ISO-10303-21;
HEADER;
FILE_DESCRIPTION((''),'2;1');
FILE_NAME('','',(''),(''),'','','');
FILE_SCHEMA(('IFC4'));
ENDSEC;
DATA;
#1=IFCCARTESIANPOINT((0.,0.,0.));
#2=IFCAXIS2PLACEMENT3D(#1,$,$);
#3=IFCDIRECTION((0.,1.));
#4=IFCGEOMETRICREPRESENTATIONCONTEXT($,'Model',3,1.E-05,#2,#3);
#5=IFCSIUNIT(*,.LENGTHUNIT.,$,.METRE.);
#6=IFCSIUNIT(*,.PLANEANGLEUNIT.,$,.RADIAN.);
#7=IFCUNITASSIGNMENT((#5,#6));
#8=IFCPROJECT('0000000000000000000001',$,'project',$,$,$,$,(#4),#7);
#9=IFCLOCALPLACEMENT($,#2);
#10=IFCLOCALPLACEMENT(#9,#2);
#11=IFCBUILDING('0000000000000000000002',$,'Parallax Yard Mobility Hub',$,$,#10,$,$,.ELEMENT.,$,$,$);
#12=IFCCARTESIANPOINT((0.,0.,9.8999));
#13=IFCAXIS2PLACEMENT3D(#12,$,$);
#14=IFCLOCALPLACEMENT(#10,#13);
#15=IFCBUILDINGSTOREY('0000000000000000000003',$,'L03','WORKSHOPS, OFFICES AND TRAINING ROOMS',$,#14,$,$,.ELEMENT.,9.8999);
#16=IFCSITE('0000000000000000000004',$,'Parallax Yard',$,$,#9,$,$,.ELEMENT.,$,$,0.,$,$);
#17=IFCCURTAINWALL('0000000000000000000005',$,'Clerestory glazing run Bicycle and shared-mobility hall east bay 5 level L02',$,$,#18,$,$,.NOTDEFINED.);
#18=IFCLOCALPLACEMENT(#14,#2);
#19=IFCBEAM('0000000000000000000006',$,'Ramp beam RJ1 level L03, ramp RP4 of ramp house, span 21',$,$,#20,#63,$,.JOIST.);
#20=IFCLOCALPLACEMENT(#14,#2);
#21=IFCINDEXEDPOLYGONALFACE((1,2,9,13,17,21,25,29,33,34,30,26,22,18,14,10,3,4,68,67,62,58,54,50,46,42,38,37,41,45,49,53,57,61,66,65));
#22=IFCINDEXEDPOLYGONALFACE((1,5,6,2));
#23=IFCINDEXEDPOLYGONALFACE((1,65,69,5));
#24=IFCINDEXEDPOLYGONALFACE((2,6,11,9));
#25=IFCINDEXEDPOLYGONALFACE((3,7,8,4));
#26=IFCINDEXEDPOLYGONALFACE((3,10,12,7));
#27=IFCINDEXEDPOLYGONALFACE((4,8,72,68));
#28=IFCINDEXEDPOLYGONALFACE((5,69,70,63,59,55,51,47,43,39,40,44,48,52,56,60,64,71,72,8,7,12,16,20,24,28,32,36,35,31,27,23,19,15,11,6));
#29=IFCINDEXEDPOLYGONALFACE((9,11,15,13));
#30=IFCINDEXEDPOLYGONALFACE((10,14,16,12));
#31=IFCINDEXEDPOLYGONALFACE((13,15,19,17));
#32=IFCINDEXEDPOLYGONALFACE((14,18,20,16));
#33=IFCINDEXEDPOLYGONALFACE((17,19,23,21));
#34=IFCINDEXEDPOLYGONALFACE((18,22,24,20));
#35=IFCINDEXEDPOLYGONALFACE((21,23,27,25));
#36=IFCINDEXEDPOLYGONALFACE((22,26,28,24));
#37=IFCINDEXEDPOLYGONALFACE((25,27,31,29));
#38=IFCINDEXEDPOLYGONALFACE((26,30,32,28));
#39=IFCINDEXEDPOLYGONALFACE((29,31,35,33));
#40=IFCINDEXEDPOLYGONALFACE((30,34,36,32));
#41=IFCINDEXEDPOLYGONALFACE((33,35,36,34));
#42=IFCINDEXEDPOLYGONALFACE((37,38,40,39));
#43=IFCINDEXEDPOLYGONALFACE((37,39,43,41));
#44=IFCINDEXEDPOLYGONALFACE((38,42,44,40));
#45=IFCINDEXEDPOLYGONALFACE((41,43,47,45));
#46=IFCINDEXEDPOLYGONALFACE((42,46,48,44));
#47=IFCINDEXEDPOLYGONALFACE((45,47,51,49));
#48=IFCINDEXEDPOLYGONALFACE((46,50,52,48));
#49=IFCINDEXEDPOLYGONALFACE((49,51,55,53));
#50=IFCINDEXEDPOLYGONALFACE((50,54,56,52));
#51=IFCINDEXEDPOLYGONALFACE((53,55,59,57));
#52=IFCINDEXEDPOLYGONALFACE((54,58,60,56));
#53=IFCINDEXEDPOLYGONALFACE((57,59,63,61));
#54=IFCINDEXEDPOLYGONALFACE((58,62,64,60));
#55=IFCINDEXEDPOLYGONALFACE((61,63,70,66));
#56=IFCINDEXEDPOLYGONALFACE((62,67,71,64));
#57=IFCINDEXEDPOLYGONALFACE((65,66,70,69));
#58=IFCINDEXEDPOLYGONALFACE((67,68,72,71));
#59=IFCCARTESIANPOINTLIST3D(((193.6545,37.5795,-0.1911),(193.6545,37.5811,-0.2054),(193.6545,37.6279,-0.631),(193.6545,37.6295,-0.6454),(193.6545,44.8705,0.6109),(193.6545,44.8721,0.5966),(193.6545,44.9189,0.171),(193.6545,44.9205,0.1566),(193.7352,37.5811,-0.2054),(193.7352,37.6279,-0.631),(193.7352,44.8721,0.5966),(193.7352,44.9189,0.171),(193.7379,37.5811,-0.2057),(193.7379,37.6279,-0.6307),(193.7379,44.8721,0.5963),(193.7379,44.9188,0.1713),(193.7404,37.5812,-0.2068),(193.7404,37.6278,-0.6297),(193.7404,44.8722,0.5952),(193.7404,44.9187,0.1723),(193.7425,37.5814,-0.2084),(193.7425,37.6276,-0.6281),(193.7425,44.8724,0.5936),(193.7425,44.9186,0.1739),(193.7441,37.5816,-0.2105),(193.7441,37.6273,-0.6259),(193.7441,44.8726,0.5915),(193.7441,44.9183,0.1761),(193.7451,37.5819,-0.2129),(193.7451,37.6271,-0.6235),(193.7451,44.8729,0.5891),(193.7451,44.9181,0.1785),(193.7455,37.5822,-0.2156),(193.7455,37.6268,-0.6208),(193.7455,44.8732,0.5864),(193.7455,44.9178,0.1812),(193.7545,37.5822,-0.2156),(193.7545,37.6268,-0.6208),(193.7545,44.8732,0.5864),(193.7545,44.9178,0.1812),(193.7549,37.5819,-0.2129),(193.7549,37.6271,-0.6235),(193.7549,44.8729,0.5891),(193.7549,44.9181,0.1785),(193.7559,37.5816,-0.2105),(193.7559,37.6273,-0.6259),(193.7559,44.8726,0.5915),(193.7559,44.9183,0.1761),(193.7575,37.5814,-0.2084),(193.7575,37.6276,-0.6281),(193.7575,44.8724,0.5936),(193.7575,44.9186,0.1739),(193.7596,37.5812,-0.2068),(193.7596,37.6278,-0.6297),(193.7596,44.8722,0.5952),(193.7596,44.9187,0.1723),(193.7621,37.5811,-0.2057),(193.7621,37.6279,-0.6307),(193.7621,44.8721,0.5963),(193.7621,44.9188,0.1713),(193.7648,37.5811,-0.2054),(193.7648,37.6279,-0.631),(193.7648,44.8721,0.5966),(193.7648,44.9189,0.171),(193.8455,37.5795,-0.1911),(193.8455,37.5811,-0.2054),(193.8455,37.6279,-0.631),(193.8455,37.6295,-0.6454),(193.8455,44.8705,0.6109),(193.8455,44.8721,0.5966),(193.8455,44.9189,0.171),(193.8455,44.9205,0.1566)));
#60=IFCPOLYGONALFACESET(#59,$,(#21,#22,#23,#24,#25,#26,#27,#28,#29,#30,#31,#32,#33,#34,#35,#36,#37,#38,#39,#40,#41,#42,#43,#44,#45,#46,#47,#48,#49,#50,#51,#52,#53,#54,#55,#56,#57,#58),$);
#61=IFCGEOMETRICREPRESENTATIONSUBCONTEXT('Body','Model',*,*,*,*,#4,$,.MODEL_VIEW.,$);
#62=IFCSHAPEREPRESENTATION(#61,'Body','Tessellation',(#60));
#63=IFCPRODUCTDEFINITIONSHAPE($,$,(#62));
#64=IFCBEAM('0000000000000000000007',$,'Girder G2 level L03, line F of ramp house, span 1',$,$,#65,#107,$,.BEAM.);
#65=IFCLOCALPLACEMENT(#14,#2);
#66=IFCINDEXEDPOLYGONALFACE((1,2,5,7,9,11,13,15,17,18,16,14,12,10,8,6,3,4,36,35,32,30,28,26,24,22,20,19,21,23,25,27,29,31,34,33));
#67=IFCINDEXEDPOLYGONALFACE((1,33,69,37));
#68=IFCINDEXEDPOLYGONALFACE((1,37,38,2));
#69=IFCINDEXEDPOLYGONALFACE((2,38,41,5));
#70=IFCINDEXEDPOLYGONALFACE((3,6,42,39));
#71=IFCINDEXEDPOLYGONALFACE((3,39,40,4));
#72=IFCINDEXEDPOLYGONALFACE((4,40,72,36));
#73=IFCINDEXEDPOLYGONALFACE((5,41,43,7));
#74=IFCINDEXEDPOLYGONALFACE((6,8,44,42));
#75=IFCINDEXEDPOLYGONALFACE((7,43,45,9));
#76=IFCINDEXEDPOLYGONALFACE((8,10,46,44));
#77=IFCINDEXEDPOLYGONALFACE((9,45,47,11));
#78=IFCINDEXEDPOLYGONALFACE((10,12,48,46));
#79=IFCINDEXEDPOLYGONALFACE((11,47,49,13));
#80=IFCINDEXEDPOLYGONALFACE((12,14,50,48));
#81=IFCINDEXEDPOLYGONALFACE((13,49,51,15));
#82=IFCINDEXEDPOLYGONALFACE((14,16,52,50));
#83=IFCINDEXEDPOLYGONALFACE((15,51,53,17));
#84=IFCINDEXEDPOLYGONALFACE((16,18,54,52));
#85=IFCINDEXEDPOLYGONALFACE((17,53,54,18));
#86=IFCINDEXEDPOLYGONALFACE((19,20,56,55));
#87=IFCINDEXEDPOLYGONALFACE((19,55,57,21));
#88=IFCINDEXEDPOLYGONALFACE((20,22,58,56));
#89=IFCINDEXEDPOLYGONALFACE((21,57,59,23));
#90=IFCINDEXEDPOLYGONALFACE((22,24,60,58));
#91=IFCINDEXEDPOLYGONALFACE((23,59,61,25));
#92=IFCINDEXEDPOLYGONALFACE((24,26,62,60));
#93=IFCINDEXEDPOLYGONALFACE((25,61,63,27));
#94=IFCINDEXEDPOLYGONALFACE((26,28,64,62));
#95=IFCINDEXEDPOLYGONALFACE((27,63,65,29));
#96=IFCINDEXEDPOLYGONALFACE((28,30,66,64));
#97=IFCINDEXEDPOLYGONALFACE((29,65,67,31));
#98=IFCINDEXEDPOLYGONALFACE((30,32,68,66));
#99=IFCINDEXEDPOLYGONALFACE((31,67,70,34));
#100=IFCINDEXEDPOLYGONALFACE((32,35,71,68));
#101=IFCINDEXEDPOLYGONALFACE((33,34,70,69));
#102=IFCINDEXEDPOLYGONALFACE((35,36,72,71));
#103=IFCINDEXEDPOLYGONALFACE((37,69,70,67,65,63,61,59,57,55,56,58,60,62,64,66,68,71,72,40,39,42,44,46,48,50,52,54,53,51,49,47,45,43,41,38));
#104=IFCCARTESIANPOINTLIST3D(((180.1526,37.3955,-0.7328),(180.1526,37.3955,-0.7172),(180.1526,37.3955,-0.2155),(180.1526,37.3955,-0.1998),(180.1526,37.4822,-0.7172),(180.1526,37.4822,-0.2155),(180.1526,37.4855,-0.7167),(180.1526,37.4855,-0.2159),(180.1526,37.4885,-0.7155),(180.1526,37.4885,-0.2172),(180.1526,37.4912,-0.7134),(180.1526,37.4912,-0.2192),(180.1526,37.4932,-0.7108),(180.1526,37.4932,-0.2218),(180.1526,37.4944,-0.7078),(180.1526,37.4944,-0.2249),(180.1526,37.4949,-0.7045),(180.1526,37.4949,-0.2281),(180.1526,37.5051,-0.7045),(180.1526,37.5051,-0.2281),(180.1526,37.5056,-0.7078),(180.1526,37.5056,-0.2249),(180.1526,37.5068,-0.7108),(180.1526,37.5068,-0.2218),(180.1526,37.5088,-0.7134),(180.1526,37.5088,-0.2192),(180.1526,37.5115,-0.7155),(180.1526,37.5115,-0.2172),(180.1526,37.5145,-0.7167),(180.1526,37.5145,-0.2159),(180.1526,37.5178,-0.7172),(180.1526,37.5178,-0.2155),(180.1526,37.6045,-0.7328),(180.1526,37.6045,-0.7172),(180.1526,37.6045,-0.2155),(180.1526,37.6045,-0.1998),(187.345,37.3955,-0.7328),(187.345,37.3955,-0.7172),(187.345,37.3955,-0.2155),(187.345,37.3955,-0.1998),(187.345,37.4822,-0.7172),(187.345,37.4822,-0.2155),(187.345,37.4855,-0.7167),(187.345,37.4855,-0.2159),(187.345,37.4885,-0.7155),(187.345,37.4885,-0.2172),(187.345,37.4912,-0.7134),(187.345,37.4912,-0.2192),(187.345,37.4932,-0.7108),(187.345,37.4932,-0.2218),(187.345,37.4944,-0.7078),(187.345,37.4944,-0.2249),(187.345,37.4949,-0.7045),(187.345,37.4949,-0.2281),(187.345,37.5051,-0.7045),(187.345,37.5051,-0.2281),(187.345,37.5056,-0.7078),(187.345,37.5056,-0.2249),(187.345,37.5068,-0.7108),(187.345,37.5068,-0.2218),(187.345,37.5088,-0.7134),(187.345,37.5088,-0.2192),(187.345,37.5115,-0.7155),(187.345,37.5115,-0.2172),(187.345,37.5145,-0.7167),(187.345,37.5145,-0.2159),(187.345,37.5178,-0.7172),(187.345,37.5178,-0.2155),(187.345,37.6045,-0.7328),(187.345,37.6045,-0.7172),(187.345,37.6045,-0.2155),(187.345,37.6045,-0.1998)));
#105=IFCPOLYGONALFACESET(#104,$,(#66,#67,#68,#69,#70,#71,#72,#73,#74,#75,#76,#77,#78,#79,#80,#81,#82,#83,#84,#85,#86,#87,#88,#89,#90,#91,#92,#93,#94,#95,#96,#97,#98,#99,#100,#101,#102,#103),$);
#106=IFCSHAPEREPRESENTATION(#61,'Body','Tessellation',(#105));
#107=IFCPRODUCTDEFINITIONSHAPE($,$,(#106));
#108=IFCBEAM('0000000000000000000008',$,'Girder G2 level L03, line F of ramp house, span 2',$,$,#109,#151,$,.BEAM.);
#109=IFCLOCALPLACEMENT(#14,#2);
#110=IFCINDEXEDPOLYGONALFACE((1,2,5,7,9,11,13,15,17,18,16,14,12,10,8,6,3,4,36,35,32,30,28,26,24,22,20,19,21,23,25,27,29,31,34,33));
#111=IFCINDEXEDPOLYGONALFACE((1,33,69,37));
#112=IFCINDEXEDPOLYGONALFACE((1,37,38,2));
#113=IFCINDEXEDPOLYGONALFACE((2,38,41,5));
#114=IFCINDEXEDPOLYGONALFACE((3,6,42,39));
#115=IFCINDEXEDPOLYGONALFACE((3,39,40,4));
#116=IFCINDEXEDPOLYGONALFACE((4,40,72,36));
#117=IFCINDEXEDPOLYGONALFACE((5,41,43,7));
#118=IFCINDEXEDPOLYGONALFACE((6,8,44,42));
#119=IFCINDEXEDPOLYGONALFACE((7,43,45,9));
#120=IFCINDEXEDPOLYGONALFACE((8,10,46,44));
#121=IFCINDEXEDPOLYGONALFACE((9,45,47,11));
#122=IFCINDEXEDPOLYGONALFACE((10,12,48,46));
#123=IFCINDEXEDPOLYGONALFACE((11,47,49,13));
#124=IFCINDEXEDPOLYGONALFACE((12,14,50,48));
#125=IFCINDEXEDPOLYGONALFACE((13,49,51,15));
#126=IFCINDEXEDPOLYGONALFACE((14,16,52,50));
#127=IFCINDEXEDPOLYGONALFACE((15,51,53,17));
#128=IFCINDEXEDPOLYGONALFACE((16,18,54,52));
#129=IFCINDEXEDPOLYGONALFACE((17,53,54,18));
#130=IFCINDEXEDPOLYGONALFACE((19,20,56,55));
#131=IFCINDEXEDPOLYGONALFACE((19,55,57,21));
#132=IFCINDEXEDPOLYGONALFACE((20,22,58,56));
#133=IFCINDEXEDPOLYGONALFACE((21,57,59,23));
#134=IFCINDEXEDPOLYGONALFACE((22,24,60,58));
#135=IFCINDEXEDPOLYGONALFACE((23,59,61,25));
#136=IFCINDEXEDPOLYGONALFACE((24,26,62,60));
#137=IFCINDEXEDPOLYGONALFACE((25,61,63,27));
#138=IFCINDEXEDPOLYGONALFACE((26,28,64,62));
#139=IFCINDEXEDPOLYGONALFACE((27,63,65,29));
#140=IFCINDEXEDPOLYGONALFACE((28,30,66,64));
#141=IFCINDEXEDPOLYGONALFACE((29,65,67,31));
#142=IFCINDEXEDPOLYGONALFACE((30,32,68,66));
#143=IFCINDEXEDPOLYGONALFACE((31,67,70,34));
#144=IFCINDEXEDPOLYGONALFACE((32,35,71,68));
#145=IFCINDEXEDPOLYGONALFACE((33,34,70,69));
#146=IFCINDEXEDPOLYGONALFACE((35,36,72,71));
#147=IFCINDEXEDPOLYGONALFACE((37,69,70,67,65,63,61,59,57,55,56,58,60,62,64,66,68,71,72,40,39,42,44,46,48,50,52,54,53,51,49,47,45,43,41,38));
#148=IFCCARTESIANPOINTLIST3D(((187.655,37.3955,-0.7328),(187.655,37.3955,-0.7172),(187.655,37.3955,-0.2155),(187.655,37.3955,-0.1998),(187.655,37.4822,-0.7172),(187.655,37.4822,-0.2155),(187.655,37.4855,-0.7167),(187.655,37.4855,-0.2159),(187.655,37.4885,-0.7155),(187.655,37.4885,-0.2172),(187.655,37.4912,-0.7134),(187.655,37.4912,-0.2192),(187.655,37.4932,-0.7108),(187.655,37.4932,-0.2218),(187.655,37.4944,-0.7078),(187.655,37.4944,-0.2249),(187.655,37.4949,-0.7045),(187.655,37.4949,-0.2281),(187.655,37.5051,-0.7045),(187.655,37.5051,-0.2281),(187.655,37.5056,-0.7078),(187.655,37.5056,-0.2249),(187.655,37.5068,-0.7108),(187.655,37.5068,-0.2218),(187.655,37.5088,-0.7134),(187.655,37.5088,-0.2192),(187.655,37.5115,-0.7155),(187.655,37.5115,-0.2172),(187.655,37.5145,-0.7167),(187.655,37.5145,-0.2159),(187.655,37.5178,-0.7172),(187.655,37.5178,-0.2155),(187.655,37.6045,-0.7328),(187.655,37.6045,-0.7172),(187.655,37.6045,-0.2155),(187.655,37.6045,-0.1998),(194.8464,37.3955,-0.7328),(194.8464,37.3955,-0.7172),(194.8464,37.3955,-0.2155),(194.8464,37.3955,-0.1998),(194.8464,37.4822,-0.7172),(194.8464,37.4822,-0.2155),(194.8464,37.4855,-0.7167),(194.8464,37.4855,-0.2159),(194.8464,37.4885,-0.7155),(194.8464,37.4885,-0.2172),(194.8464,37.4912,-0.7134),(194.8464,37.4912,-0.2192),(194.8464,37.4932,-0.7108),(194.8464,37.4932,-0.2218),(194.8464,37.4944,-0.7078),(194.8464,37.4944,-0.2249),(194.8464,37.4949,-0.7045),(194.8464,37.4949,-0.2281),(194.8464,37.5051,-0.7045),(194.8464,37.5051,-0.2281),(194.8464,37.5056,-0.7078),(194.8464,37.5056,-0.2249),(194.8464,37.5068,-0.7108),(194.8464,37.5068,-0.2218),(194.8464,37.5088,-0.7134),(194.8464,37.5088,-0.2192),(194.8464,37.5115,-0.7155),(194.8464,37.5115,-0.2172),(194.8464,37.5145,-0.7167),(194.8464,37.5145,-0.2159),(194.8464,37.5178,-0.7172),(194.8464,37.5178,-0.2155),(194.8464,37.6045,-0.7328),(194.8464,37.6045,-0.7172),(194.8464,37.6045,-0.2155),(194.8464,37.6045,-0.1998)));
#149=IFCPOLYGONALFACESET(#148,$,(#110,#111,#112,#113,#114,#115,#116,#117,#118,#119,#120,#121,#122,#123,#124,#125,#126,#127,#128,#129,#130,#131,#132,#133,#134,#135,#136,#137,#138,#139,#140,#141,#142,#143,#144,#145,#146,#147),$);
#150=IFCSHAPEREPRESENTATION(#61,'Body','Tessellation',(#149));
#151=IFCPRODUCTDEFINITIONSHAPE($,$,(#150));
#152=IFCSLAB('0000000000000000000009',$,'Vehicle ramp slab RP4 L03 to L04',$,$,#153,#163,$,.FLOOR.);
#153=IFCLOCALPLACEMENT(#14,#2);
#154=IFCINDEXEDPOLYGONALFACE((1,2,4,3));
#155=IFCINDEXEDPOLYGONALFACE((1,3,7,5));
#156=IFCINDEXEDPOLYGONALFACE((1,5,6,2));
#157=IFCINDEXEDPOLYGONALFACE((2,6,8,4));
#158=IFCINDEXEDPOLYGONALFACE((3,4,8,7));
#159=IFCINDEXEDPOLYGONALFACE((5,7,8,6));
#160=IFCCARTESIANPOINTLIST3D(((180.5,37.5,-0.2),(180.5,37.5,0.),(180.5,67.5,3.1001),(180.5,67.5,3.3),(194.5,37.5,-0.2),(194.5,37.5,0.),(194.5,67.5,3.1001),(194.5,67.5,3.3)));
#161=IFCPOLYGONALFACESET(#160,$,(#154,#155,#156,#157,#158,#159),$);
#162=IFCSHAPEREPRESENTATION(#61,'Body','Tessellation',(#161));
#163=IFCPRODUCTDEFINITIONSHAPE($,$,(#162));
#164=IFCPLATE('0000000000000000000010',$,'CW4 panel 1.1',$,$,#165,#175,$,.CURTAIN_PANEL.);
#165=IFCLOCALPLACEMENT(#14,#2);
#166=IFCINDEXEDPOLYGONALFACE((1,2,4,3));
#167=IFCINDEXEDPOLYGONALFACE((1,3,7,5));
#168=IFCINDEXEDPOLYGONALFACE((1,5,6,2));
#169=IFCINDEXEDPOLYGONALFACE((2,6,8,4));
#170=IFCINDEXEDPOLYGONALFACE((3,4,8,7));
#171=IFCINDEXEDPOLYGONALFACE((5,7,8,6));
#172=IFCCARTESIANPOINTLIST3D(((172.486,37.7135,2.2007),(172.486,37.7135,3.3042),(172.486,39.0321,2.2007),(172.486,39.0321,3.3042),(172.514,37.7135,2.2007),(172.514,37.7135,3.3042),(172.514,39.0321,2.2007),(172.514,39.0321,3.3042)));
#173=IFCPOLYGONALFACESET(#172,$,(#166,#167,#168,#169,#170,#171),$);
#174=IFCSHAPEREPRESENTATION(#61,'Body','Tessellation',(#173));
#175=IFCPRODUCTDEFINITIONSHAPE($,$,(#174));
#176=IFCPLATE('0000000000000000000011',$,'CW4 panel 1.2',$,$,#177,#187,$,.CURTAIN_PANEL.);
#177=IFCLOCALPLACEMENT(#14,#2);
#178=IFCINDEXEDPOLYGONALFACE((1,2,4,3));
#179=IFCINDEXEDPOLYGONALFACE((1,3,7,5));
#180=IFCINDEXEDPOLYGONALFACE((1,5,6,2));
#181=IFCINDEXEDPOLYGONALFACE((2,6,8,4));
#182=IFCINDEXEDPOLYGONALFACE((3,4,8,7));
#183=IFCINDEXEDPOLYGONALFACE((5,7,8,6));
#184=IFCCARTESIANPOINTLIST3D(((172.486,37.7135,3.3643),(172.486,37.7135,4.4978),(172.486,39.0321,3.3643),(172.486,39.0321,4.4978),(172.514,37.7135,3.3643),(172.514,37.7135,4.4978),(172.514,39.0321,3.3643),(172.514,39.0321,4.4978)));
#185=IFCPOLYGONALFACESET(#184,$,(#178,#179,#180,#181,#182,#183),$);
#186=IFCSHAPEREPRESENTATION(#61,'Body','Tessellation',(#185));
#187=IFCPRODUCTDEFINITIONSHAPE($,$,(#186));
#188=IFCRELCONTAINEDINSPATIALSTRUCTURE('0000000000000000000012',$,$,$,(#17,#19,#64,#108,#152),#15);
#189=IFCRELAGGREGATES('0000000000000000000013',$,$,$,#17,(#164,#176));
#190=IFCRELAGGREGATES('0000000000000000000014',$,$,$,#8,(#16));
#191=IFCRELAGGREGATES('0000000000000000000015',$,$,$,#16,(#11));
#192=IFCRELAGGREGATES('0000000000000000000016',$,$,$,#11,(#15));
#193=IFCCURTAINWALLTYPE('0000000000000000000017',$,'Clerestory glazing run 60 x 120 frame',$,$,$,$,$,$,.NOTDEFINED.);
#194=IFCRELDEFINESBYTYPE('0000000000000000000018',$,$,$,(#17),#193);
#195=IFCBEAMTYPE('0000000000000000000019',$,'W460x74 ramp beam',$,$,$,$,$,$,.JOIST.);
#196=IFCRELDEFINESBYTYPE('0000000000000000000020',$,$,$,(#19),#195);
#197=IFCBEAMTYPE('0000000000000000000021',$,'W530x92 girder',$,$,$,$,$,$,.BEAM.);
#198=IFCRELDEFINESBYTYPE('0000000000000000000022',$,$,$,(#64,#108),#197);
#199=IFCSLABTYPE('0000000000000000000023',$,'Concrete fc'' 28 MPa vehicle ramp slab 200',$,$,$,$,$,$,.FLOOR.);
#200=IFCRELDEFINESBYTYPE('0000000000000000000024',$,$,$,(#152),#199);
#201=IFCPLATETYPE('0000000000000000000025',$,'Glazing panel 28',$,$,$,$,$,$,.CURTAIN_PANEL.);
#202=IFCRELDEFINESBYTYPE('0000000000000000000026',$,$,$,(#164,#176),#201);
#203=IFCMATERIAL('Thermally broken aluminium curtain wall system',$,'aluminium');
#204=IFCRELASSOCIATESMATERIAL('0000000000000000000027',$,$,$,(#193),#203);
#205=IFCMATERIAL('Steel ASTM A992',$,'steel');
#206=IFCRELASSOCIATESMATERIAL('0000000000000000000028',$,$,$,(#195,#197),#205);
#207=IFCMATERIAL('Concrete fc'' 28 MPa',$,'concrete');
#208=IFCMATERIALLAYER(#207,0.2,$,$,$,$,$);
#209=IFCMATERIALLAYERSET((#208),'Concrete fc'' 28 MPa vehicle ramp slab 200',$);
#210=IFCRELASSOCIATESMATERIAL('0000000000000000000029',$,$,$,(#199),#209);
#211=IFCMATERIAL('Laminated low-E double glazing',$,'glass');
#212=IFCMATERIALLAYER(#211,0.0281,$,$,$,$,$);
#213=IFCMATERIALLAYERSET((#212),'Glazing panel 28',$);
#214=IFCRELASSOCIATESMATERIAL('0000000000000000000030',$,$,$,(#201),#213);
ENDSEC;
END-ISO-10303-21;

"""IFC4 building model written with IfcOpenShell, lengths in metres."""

from ifc_helpers import new_model, si_unit, direction, frame, origin, origin_2d, place, context, subcontext, project, spatial, polyline, rectangle, i_section, outline, extrude, material, layer, layer_set, material_profile, profile_set, type_object, element, aggregate, save


model = new_model("IFC4")

# Units and contexts
model_context = context("Model", 3, precision=1e-05, world=origin(), true_north=direction((0.0, 1.0)))
body_context = subcontext(model_context, "Body", "Model", "MODEL_VIEW")
ifc_project = project(units=[si_unit("LENGTHUNIT", "METRE"), si_unit("PLANEANGLEUNIT", "RADIAN")], contexts=[model_context])

# Site, building, storey
site_placement = place(None, origin())
site = spatial("IfcSite", under=ifc_project, at=site_placement, Name="Parallax Yard", CompositionType="ELEMENT", RefElevation=0.0)
building_placement = place(site_placement, origin())
building = spatial("IfcBuilding", under=site, at=building_placement, Name="Parallax Yard Mobility Hub", CompositionType="ELEMENT")
storey_placement = place(building_placement, frame((0.0, 0.0, 9.8999)))
storey = spatial("IfcBuildingStorey", under=building, at=storey_placement, Name="L03", Description="WORKSHOPS, OFFICES AND TRAINING ROOMS", CompositionType="ELEMENT", Elevation=9.8999)

# Shared definitions
ifc_material_1 = material(Name="Steel ASTM A992", Category="steel")

# Curtain wall
ifc_material_2 = material(Name="Thermally broken aluminium curtain wall system", Category="aluminium")
curtain_wall_type = type_object("IfcCurtainWallType", Name="Clerestory glazing run 60 x 120 frame", PredefinedType="NOTDEFINED", material=ifc_material_2)
curtain_wall_1_placement = place(storey_placement, origin())
curtain_wall_1 = element("IfcCurtainWall", 1, at=curtain_wall_1_placement, inside=storey, type_object=curtain_wall_type, Name="Clerestory glazing run Bicycle and shared-mobility hall east bay 5 level L02", PredefinedType="NOTDEFINED")

# Beams
ifc_material_profile_1 = material_profile(ifc_material_1, i_section(OverallWidth=0.1909, OverallDepth=0.457, WebThickness=0.009, FlangeThickness=0.0144, FilletRadius=0.0103, at=origin_2d()), Name="W460x74")
ifc_profile_set_1 = profile_set([ifc_material_profile_1], Name="Steel ASTM A992")
beam_type_1 = type_object("IfcBeamType", Name="W460x74 ramp beam", PredefinedType="JOIST", material=ifc_profile_set_1)
for number, where, z_axis, x_axis, name in (
    (2, (193.75, 37.6045, -0.4182), (0.0, 0.994005, 0.109339), (-1.0, 0.0, 0.0), "Ramp beam RJ1 level L03, ramp RP4 of ramp house, span 21"),
):
    element("IfcBeam", number, at=place(storey_placement, frame(where, z_axis=z_axis, x_axis=x_axis)), inside=storey, type_object=beam_type_1, Name=name, PredefinedType="JOIST", context=body_context, shape_type="SweptSolid", body=[
        extrude(i_section(OverallWidth=0.1909, OverallDepth=0.457, WebThickness=0.009, FlangeThickness=0.0144, FilletRadius=0.0103, at=origin_2d()), origin(), (0.0, 0.0, 1.0), 7.335),
    ])
ifc_material_profile_2 = material_profile(ifc_material_1, i_section(OverallWidth=0.209, OverallDepth=0.533, WebThickness=0.0103, FlangeThickness=0.0156, FilletRadius=0.0127, at=origin_2d()), Name="W530x92")
ifc_profile_set_2 = profile_set([ifc_material_profile_2], Name="Steel ASTM A992")
beam_type_2 = type_object("IfcBeamType", Name="W530x92 girder", PredefinedType="BEAM", material=ifc_profile_set_2)
beam_1_placement = place(storey_placement, frame((180.1526, 37.5, -0.4663), z_axis=(1.0, 0.0, 0.0), x_axis=(0.0, 1.0, 0.0)))
element("IfcBeam", 3, at=beam_1_placement, inside=storey, type_object=beam_type_2, Name="Girder G2 level L03, line F of ramp house, span 1", PredefinedType="BEAM", context=body_context, shape_type="SweptSolid", body=[
    extrude(i_section(OverallWidth=0.209, OverallDepth=0.533, WebThickness=0.0103, FlangeThickness=0.0156, FilletRadius=0.0127, at=origin_2d()), origin(), (0.0, 0.0, 1.0), 7.1924),
])
beam_2_placement = place(storey_placement, frame((187.655, 37.5, -0.4663), z_axis=(1.0, 0.0, 0.0), x_axis=(0.0, 1.0, 0.0)))
element("IfcBeam", 4, at=beam_2_placement, inside=storey, type_object=beam_type_2, Name="Girder G2 level L03, line F of ramp house, span 2", PredefinedType="BEAM", context=body_context, shape_type="SweptSolid", body=[
    extrude(i_section(OverallWidth=0.209, OverallDepth=0.533, WebThickness=0.0103, FlangeThickness=0.0156, FilletRadius=0.0127, at=origin_2d()), origin(), (0.0, 0.0, 1.0), 7.1914),
])

# Slab
ifc_material_3 = material(Name="Concrete fc' 28 MPa", Category="concrete")
ifc_layer_1 = layer(ifc_material_3, 0.2)
ifc_layer_set_1 = layer_set([ifc_layer_1], Name="Concrete fc' 28 MPa vehicle ramp slab 200")
slab_type = type_object("IfcSlabType", Name="Concrete fc' 28 MPa vehicle ramp slab 200", PredefinedType="FLOOR", material=ifc_layer_set_1)
slab_placement = place(storey_placement, frame((187.5, 37.5, 0.0), z_axis=(0.0, 0.0, 1.0), x_axis=(0.0, 1.0, 0.0)))
element("IfcSlab", 5, at=slab_placement, inside=storey, type_object=slab_type, Name="Vehicle ramp slab RP4 L03 to L04", PredefinedType="FLOOR", context=body_context, shape_type="SweptSolid", body=[
    extrude(outline(polyline([(0.0, -0.2), (30.0, 3.1001), (30.0, 3.3), (0.0, 0.0), (0.0, -0.2)])), frame((0.0, 7.0, 0.0), z_axis=(0.0, -1.0, 0.0), x_axis=(1.0, 0.0, 0.0)), (0.0, 0.0, 1.0), 14.0),
])

# Plates
ifc_material_4 = material(Name="Laminated low-E double glazing", Category="glass")
ifc_layer_2 = layer(ifc_material_4, 0.0281)
ifc_layer_set_2 = layer_set([ifc_layer_2], Name="Glazing panel 28")
plate_type = type_object("IfcPlateType", Name="Glazing panel 28", PredefinedType="CURTAIN_PANEL", material=ifc_layer_set_2)
plate_1_placement = place(storey_placement, frame((172.5, 38.3728, 2.2007), z_axis=(0.0, 0.0, 1.0), x_axis=(0.0, 1.0, 0.0)))
plate_1 = element("IfcPlate", 6, at=plate_1_placement, type_object=plate_type, Name="CW4 panel 1.1", PredefinedType="CURTAIN_PANEL", context=body_context, shape_type="SweptSolid", body=[
    extrude(rectangle(XDim=1.3186, YDim=0.0281, at=origin_2d()), origin(), (0.0, 0.0, 1.0), 1.1035),
])
plate_2_placement = place(storey_placement, frame((172.5, 38.3728, 3.3643), z_axis=(0.0, 0.0, 1.0), x_axis=(0.0, 1.0, 0.0)))
plate_2 = element("IfcPlate", 7, at=plate_2_placement, type_object=plate_type, Name="CW4 panel 1.2", PredefinedType="CURTAIN_PANEL", context=body_context, shape_type="SweptSolid", body=[
    extrude(rectangle(XDim=1.3186, YDim=0.0281, at=origin_2d()), origin(), (0.0, 0.0, 1.0), 1.1335),
])
aggregate(curtain_wall_1, [plate_1, plate_2])

save(model, "model.ifc")
